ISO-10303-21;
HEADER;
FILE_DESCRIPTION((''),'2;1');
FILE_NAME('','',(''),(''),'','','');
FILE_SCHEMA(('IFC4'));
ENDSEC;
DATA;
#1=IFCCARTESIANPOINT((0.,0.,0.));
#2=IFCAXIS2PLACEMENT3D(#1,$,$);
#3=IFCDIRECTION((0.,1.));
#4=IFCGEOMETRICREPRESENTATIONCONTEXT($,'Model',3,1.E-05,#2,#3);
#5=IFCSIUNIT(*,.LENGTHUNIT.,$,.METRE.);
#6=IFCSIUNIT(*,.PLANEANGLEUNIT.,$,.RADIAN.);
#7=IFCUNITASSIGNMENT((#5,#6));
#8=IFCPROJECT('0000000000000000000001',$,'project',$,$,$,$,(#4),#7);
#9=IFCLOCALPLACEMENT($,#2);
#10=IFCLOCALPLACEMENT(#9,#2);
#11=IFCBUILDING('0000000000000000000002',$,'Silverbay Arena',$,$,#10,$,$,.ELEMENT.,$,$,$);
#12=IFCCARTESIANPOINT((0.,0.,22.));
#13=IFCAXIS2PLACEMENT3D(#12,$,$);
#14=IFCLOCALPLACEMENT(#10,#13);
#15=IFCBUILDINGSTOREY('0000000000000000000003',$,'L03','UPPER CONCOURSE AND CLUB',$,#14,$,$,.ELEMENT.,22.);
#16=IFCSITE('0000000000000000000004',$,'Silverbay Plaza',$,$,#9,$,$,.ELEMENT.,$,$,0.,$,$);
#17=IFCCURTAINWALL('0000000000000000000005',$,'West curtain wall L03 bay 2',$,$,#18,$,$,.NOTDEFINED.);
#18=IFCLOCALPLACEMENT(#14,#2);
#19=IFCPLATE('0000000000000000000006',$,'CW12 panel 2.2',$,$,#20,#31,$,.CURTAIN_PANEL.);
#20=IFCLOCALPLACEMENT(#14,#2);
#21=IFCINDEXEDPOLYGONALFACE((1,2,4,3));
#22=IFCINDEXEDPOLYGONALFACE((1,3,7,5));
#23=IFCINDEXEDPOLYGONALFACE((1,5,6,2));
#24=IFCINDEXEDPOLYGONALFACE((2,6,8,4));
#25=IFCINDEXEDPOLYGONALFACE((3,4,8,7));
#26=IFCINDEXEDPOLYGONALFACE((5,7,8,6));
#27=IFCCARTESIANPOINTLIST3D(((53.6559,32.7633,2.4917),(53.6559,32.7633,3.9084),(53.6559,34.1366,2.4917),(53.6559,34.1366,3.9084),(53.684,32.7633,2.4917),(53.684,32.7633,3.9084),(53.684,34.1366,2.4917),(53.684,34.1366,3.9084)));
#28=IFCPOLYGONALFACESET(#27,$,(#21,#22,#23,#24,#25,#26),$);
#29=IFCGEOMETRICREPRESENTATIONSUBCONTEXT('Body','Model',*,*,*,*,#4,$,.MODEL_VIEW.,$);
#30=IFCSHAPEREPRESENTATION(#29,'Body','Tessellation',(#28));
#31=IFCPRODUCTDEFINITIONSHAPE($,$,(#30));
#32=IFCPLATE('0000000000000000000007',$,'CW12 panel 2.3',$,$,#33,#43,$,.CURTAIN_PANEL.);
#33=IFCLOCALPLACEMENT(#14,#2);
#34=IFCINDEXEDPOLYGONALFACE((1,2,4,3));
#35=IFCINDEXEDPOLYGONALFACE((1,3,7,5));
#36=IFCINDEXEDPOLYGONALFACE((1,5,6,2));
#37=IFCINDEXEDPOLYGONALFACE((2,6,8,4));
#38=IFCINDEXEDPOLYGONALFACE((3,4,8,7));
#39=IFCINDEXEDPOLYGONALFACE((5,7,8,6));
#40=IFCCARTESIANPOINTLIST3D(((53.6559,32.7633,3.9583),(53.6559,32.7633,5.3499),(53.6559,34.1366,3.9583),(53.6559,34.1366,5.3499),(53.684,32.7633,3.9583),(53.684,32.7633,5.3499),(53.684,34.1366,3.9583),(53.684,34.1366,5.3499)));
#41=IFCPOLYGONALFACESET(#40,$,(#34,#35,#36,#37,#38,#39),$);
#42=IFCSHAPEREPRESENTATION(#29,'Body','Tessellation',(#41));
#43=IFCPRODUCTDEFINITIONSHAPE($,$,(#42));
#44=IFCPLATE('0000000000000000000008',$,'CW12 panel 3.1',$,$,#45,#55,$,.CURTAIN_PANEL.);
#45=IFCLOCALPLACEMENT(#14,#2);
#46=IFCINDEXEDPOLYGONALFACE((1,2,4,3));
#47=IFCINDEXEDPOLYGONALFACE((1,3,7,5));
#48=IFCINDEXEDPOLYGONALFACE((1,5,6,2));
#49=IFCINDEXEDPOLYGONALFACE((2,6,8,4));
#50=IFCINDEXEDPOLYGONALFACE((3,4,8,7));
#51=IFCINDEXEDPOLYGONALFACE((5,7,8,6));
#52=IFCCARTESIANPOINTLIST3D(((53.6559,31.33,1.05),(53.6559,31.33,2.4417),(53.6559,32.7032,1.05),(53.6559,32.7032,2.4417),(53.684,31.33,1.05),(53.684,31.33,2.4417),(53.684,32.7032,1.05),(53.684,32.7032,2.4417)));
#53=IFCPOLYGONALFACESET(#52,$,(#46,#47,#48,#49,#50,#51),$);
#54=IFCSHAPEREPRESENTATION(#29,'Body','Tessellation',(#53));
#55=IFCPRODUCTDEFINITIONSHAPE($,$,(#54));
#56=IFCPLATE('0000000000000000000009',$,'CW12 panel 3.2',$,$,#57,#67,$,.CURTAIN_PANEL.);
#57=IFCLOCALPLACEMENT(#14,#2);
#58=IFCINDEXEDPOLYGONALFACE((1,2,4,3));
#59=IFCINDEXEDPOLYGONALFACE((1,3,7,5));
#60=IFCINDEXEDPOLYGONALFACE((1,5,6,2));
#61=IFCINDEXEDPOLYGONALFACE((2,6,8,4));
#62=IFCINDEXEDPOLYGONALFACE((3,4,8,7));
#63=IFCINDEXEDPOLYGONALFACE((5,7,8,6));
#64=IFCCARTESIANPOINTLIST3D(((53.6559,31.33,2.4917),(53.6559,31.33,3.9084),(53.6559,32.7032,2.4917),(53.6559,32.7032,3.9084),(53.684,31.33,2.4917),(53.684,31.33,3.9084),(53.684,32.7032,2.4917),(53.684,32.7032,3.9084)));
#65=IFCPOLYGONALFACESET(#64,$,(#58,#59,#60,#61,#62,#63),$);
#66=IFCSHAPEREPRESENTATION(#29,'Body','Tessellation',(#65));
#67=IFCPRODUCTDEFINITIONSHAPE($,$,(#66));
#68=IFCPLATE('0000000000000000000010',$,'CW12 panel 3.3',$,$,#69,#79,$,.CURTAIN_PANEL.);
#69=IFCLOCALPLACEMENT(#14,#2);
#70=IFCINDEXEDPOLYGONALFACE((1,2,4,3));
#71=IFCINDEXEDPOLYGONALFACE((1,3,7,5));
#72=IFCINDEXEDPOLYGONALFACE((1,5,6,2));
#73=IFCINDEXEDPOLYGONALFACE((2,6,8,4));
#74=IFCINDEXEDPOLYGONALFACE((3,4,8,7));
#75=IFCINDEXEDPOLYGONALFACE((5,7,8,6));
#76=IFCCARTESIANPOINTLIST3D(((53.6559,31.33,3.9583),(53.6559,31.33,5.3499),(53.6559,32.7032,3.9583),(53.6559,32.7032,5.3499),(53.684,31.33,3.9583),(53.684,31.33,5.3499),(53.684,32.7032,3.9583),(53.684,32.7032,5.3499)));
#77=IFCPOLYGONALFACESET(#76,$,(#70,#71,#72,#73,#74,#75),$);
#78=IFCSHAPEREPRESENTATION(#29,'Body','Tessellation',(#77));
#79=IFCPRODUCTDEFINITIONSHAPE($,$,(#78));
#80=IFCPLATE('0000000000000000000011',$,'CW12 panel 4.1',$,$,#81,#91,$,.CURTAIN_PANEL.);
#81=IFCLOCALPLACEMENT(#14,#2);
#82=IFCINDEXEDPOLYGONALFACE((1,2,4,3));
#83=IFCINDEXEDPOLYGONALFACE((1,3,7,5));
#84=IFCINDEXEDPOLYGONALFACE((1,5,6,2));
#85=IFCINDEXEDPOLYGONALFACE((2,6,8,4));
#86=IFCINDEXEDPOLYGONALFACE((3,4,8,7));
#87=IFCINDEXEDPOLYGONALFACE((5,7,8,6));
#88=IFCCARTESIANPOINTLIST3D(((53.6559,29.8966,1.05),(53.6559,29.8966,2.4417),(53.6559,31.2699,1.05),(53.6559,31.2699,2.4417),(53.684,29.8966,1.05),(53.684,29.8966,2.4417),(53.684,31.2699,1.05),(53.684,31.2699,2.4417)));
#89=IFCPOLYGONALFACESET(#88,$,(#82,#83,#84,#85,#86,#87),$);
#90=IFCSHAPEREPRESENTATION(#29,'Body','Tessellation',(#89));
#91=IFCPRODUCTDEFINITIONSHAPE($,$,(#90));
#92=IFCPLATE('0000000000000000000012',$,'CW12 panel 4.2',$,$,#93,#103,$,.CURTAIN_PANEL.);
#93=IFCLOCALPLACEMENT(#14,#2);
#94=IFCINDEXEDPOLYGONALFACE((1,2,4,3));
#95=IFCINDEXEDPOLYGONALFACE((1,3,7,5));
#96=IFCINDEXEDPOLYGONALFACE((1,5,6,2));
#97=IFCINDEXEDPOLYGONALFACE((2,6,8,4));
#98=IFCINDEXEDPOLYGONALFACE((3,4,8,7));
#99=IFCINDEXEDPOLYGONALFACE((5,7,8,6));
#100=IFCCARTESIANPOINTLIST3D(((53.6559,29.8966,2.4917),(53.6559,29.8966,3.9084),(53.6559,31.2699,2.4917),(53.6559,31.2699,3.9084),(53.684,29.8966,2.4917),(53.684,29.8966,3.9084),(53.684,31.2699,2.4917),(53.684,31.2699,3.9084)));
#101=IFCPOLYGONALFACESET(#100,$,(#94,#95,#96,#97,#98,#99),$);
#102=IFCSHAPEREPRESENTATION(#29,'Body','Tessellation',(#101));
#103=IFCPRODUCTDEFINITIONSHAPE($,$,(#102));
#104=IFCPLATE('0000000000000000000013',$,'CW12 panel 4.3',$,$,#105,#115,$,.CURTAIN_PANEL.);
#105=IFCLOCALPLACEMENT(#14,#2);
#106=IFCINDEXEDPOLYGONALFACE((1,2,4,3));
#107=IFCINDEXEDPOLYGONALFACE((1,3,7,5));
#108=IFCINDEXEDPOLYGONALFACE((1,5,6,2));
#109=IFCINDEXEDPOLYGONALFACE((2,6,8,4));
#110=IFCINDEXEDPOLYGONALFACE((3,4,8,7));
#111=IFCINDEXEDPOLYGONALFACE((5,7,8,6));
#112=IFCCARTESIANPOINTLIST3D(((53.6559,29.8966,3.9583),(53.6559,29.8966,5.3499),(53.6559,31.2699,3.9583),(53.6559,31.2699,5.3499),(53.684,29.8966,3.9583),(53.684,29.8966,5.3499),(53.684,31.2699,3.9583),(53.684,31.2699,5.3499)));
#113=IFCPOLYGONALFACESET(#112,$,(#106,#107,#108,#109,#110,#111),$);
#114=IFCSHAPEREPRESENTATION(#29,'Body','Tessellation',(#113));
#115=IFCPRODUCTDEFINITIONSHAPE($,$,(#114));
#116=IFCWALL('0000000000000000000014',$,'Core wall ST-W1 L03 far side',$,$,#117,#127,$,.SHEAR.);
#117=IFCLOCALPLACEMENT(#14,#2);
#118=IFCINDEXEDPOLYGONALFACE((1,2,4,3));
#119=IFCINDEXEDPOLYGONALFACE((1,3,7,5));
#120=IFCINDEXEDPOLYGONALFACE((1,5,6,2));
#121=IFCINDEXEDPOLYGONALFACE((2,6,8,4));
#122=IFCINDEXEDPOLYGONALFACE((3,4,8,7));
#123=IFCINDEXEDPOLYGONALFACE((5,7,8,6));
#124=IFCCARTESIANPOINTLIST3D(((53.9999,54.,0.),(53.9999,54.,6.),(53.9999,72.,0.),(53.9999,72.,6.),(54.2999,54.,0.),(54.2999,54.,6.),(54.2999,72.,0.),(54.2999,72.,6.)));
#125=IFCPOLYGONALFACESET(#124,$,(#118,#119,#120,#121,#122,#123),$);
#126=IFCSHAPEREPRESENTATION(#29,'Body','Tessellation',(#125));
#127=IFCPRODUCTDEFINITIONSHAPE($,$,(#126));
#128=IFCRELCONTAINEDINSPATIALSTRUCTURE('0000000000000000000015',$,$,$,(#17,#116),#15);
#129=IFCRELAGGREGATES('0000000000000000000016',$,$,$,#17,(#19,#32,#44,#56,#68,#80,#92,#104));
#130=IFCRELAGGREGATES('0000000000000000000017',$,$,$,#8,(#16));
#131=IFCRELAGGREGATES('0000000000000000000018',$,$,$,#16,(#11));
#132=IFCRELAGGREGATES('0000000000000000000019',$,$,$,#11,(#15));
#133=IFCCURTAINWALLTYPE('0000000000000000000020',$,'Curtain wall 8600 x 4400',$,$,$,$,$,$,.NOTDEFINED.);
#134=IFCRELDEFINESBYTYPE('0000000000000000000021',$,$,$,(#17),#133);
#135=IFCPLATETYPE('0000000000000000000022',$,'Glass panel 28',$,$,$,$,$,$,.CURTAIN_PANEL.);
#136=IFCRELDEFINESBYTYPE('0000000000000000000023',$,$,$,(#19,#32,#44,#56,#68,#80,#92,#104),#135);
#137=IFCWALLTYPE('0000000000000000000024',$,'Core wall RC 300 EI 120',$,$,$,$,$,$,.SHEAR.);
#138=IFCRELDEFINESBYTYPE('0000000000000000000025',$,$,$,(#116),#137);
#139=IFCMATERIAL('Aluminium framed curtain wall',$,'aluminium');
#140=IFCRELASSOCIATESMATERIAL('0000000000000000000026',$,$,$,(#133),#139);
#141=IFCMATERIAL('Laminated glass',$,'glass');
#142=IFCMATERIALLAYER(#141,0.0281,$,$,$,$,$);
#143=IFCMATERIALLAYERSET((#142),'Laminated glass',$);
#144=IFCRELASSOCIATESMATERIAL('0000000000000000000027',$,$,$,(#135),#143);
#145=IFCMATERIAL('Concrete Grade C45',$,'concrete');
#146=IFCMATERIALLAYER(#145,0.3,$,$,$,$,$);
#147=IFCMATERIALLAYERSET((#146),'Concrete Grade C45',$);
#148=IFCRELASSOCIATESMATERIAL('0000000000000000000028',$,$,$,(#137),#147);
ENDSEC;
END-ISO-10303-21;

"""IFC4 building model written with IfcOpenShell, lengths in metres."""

from ifc_helpers import new_model, si_unit, direction, frame, frame_2d, origin, origin_2d, place, context, subcontext, project, spatial, rectangle, extrude, material, layer, layer_set, type_object, element, aggregate, save


model = new_model("IFC4")

# Units and contexts
model_context = context("Model", 3, precision=1e-05, world=origin(), true_north=direction((0.0, 1.0)))
body_context = subcontext(model_context, "Body", "Model", "MODEL_VIEW")
ifc_project = project(units=[si_unit("LENGTHUNIT", "METRE"), si_unit("PLANEANGLEUNIT", "RADIAN")], contexts=[model_context])

# Site, building, storey
site_placement = place(None, origin())
site = spatial("IfcSite", under=ifc_project, at=site_placement, Name="Silverbay Plaza", CompositionType="ELEMENT", RefElevation=0.0)
building_placement = place(site_placement, origin())
building = spatial("IfcBuilding", under=site, at=building_placement, Name="Silverbay Arena", CompositionType="ELEMENT")
storey_placement = place(building_placement, frame((0.0, 0.0, 22.0)))
storey = spatial("IfcBuildingStorey", under=building, at=storey_placement, Name="L03", Description="UPPER CONCOURSE AND CLUB", CompositionType="ELEMENT", Elevation=22.0)

# Curtain wall
ifc_material_1 = material(Name="Aluminium framed curtain wall", Category="aluminium")
curtain_wall_type = type_object("IfcCurtainWallType", Name="Curtain wall 8600 x 4400", PredefinedType="NOTDEFINED", material=ifc_material_1)
curtain_wall_placement = place(storey_placement, origin())
curtain_wall = element("IfcCurtainWall", 1, at=curtain_wall_placement, inside=storey, type_object=curtain_wall_type, Name="West curtain wall L03 bay 2", PredefinedType="NOTDEFINED")

# Plates
ifc_material_2 = material(Name="Laminated glass", Category="glass")
ifc_layer_1 = layer(ifc_material_2, 0.0281)
ifc_layer_set_1 = layer_set([ifc_layer_1], Name="Laminated glass")
plate_type = type_object("IfcPlateType", Name="Glass panel 28", PredefinedType="CURTAIN_PANEL", material=ifc_layer_set_1)
plate_1_placement = place(storey_placement, frame((53.6699, 33.45, 2.4917), z_axis=(0.0, 0.0, 1.0), x_axis=(0.0, -1.0, 0.0)))
plate_1 = element("IfcPlate", 2, at=plate_1_placement, type_object=plate_type, Name="CW12 panel 2.2", PredefinedType="CURTAIN_PANEL", context=body_context, shape_type="SweptSolid", body=[
    extrude(rectangle(XDim=1.3733, YDim=0.0281, at=origin_2d()), origin(), (0.0, 0.0, 1.0), 1.4167),
])
plate_2_placement = place(storey_placement, frame((53.6699, 33.45, 3.9583), z_axis=(0.0, 0.0, 1.0), x_axis=(0.0, -1.0, 0.0)))
plate_2 = element("IfcPlate", 3, at=plate_2_placement, type_object=plate_type, Name="CW12 panel 2.3", PredefinedType="CURTAIN_PANEL", context=body_context, shape_type="SweptSolid", body=[
    extrude(rectangle(XDim=1.3733, YDim=0.0281, at=origin_2d()), origin(), (0.0, 0.0, 1.0), 1.3916),
])
plate_3_placement = place(storey_placement, frame((53.6699, 32.0166, 1.05), z_axis=(0.0, 0.0, 1.0), x_axis=(0.0, -1.0, 0.0)))
plate_3 = element("IfcPlate", 4, at=plate_3_placement, type_object=plate_type, Name="CW12 panel 3.1", PredefinedType="CURTAIN_PANEL", context=body_context, shape_type="SweptSolid", body=[
    extrude(rectangle(XDim=1.3733, YDim=0.0281, at=origin_2d()), origin(), (0.0, 0.0, 1.0), 1.3916),
])
plate_4_placement = place(storey_placement, frame((53.6699, 32.0166, 2.4917), z_axis=(0.0, 0.0, 1.0), x_axis=(0.0, -1.0, 0.0)))
plate_4 = element("IfcPlate", 5, at=plate_4_placement, type_object=plate_type, Name="CW12 panel 3.2", PredefinedType="CURTAIN_PANEL", context=body_context, shape_type="SweptSolid", body=[
    extrude(rectangle(XDim=1.3733, YDim=0.0281, at=origin_2d()), origin(), (0.0, 0.0, 1.0), 1.4167),
])
plate_5_placement = place(storey_placement, frame((53.6699, 32.0166, 3.9583), z_axis=(0.0, 0.0, 1.0), x_axis=(0.0, -1.0, 0.0)))
plate_5 = element("IfcPlate", 6, at=plate_5_placement, type_object=plate_type, Name="CW12 panel 3.3", PredefinedType="CURTAIN_PANEL", context=body_context, shape_type="SweptSolid", body=[
    extrude(rectangle(XDim=1.3733, YDim=0.0281, at=origin_2d()), origin(), (0.0, 0.0, 1.0), 1.3916),
])
plate_6_placement = place(storey_placement, frame((53.6699, 30.5833, 1.05), z_axis=(0.0, 0.0, 1.0), x_axis=(0.0, -1.0, 0.0)))
plate_6 = element("IfcPlate", 7, at=plate_6_placement, type_object=plate_type, Name="CW12 panel 4.1", PredefinedType="CURTAIN_PANEL", context=body_context, shape_type="SweptSolid", body=[
    extrude(rectangle(XDim=1.3733, YDim=0.0281, at=origin_2d()), origin(), (0.0, 0.0, 1.0), 1.3916),
])
plate_7_placement = place(storey_placement, frame((53.6699, 30.5833, 2.4917), z_axis=(0.0, 0.0, 1.0), x_axis=(0.0, -1.0, 0.0)))
plate_7 = element("IfcPlate", 8, at=plate_7_placement, type_object=plate_type, Name="CW12 panel 4.2", PredefinedType="CURTAIN_PANEL", context=body_context, shape_type="SweptSolid", body=[
    extrude(rectangle(XDim=1.3733, YDim=0.0281, at=origin_2d()), origin(), (0.0, 0.0, 1.0), 1.4167),
])
plate_8_placement = place(storey_placement, frame((53.6699, 30.5833, 3.9583), z_axis=(0.0, 0.0, 1.0), x_axis=(0.0, -1.0, 0.0)))
plate_8 = element("IfcPlate", 9, at=plate_8_placement, type_object=plate_type, Name="CW12 panel 4.3", PredefinedType="CURTAIN_PANEL", context=body_context, shape_type="SweptSolid", body=[
    extrude(rectangle(XDim=1.3733, YDim=0.0281, at=origin_2d()), origin(), (0.0, 0.0, 1.0), 1.3916),
])
aggregate(curtain_wall, [plate_1, plate_2, plate_3, plate_4, plate_5, plate_6, plate_7, plate_8])

# Wall
ifc_material_3 = material(Name="Concrete Grade C45", Category="concrete")
ifc_layer_2 = layer(ifc_material_3, 0.3)
ifc_layer_set_2 = layer_set([ifc_layer_2], Name="Concrete Grade C45")
wall_type = type_object("IfcWallType", Name="Core wall RC 300 EI 120", PredefinedType="SHEAR", material=ifc_layer_set_2)
wall_placement = place(storey_placement, frame((54.1499, 54.0, 0.0), z_axis=(0.0, 0.0, 1.0), x_axis=(0.0, 1.0, 0.0)))
element("IfcWall", 10, at=wall_placement, inside=storey, type_object=wall_type, Name="Core wall ST-W1 L03 far side", PredefinedType="SHEAR", context=body_context, shape_type="SweptSolid", body=[
    extrude(rectangle(XDim=18.0, YDim=0.3, at=frame_2d((9.0, 0.0))), origin(), (0.0, 0.0, 1.0), 6.0),
])

save(model, "model.ifc")
